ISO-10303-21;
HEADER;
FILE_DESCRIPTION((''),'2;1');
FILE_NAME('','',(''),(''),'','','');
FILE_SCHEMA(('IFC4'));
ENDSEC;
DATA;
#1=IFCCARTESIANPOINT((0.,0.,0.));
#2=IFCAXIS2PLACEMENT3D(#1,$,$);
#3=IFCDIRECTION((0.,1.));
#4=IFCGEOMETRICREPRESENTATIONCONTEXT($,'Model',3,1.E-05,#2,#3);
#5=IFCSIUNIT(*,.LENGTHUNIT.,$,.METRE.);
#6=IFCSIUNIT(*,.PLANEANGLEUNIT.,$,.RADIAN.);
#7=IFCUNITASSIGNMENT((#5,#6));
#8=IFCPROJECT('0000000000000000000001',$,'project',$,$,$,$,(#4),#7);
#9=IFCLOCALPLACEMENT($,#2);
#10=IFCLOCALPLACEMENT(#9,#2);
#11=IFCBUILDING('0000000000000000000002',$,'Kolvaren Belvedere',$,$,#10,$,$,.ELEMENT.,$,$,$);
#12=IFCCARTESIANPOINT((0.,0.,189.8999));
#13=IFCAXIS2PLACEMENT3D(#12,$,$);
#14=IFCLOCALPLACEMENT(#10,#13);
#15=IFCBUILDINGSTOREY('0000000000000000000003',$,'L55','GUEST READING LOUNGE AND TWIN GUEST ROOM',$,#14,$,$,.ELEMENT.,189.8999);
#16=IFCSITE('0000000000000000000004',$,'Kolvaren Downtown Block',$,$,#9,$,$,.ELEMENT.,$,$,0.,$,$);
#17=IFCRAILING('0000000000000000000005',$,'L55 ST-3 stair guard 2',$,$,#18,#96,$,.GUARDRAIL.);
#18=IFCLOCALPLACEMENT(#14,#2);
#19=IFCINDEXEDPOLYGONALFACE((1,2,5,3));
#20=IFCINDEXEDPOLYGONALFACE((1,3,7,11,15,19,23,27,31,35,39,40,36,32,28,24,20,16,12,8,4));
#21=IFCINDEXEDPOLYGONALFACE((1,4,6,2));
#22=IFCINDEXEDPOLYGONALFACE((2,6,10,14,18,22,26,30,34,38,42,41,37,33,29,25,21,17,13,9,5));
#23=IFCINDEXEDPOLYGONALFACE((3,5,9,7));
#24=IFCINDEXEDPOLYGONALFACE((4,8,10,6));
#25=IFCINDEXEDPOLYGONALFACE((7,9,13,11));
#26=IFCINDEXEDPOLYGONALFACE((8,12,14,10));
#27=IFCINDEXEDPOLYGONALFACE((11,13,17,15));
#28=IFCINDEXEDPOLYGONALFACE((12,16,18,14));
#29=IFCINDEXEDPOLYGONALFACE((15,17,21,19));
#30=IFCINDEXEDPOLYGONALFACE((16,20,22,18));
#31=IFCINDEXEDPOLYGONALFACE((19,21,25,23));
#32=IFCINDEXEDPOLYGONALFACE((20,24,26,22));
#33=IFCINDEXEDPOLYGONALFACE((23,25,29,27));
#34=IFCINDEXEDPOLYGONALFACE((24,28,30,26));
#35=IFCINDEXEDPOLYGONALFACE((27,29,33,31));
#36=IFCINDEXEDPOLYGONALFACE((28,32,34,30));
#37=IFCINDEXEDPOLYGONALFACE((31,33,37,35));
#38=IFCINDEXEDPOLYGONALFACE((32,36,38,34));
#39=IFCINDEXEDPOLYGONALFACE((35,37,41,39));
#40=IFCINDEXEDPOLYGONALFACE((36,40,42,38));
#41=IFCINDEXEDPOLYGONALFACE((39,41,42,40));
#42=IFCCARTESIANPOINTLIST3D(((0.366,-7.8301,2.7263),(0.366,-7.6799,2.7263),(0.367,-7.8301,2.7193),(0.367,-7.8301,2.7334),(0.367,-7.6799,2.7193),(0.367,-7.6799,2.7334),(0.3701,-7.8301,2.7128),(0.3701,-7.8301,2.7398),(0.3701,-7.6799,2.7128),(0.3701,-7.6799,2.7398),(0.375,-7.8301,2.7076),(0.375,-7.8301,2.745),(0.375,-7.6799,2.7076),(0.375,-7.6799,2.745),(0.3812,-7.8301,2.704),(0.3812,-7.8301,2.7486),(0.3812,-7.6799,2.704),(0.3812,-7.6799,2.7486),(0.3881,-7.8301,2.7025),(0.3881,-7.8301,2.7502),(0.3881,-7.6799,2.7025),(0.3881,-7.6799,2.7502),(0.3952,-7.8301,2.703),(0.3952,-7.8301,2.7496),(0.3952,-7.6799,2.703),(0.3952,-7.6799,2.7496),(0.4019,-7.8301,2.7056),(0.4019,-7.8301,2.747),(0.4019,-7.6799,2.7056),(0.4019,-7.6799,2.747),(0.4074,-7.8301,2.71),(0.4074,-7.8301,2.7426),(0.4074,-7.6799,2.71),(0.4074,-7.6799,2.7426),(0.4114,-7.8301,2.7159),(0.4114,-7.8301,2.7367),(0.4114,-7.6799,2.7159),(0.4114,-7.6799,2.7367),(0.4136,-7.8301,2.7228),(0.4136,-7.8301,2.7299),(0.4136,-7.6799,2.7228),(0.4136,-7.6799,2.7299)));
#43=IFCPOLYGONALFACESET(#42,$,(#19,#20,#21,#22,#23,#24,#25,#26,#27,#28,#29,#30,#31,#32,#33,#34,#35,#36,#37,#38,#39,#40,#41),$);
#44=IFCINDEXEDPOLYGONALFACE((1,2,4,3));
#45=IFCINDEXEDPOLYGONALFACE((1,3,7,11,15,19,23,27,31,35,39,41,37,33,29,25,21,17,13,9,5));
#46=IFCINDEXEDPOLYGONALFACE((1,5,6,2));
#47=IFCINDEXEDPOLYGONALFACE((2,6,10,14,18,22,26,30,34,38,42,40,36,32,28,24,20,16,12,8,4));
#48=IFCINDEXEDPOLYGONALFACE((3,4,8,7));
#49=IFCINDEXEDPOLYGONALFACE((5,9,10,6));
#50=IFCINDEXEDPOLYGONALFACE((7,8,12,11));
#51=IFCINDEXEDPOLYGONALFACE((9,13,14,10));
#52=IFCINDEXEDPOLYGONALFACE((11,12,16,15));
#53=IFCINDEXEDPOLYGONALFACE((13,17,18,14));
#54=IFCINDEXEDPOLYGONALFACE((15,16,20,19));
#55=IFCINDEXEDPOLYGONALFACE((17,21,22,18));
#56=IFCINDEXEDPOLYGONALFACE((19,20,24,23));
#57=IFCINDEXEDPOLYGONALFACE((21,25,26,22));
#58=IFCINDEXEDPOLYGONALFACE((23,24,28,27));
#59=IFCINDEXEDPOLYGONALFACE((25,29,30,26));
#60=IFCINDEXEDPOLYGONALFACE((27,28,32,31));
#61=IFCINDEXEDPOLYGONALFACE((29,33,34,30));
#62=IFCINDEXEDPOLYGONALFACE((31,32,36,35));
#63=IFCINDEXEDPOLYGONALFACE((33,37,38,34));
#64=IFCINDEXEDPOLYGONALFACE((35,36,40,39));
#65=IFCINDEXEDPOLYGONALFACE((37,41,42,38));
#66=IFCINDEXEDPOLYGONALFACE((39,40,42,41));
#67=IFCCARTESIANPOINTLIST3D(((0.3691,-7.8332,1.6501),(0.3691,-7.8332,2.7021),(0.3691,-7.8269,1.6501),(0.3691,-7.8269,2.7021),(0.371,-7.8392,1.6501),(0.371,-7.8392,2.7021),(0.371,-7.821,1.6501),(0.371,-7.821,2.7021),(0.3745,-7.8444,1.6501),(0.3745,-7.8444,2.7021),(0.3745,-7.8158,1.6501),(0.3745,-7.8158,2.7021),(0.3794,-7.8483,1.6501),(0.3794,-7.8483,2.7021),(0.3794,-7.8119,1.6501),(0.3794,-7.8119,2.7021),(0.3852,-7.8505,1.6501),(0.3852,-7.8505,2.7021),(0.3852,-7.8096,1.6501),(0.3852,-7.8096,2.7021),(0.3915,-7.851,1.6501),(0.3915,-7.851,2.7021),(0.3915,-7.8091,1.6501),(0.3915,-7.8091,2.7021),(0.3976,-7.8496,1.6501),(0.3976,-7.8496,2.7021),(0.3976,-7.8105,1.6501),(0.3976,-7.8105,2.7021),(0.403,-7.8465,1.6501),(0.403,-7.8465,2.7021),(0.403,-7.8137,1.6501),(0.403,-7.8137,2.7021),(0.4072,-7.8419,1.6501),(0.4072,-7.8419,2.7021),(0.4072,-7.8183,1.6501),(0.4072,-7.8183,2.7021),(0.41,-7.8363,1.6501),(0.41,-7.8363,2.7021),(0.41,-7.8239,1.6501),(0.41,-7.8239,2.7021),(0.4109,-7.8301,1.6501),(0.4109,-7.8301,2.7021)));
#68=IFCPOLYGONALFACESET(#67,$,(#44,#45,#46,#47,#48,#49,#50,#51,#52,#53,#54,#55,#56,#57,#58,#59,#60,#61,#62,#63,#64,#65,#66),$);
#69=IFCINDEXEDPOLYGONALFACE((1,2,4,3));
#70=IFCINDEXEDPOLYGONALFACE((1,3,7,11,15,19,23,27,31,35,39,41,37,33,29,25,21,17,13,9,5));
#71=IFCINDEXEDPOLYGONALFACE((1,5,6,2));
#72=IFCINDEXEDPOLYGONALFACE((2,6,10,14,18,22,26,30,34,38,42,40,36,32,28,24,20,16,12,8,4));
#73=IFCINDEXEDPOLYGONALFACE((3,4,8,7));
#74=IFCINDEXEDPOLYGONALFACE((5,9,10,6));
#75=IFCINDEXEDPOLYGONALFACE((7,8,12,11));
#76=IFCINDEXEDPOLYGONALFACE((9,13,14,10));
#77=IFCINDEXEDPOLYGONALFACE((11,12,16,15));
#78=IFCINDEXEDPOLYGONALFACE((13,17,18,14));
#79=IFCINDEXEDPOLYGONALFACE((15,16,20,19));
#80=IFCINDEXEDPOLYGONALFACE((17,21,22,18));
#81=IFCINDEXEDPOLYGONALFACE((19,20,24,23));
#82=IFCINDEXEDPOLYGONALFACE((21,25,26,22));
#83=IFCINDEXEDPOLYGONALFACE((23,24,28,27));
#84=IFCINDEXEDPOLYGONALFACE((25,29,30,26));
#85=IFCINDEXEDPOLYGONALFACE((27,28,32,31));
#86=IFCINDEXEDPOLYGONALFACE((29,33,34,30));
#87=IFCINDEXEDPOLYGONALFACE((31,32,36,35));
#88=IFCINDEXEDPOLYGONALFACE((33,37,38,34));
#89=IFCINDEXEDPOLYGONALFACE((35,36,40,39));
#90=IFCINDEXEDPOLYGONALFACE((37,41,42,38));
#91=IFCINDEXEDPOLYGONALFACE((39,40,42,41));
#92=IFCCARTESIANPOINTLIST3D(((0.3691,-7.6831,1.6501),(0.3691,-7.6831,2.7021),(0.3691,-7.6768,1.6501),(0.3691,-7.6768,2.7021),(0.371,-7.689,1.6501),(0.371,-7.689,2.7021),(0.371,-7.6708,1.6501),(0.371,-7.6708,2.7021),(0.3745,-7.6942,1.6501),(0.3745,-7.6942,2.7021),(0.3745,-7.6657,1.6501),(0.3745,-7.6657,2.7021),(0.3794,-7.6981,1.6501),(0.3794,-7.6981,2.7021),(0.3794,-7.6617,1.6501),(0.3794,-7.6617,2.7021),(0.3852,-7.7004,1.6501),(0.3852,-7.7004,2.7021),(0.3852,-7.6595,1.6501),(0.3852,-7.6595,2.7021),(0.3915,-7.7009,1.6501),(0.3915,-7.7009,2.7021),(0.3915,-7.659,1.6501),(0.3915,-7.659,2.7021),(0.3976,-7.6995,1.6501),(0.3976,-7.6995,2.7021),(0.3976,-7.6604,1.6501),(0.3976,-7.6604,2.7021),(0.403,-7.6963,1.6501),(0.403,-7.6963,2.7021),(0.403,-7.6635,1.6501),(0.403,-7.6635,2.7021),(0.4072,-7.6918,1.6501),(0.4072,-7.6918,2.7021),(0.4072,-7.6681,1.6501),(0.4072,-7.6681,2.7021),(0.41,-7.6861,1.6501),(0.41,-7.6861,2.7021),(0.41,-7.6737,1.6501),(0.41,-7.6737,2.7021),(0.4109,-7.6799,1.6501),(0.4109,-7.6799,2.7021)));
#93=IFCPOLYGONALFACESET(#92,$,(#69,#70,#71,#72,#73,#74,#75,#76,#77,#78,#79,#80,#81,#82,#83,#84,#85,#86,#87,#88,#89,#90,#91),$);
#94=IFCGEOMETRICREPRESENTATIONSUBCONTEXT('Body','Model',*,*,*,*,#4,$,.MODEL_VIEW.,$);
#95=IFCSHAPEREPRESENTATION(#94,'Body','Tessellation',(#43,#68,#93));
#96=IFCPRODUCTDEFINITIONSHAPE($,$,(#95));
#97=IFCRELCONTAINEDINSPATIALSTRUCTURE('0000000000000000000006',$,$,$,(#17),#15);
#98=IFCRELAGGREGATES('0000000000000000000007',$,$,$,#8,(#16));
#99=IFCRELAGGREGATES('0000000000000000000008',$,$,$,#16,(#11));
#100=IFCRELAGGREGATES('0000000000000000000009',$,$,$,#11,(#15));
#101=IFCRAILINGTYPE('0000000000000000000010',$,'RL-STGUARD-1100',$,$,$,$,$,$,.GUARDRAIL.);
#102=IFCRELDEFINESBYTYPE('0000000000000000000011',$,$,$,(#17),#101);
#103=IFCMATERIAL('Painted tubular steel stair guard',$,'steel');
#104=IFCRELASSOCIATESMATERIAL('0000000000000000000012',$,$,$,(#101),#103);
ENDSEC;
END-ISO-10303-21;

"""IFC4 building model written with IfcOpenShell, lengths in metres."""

from ifc_helpers import new_model, si_unit, direction, frame, origin, origin_2d, place, context, subcontext, project, spatial, circle, extrude, material, type_object, element, save


model = new_model("IFC4")

# Units and contexts
model_context = context("Model", 3, precision=1e-05, world=origin(), true_north=direction((0.0, 1.0)))
body_context = subcontext(model_context, "Body", "Model", "MODEL_VIEW")
ifc_project = project(units=[si_unit("LENGTHUNIT", "METRE"), si_unit("PLANEANGLEUNIT", "RADIAN")], contexts=[model_context])

# Site, building, storey
site_placement = place(None, origin())
site = spatial("IfcSite", under=ifc_project, at=site_placement, Name="Kolvaren Downtown Block", CompositionType="ELEMENT", RefElevation=0.0)
building_placement = place(site_placement, origin())
building = spatial("IfcBuilding", under=site, at=building_placement, Name="Kolvaren Belvedere", CompositionType="ELEMENT")
storey_placement = place(building_placement, frame((0.0, 0.0, 189.8999)))
storey = spatial("IfcBuildingStorey", under=building, at=storey_placement, Name="L55", Description="GUEST READING LOUNGE AND TWIN GUEST ROOM", CompositionType="ELEMENT", Elevation=189.8999)

# Railing
ifc_material_1 = material(Name="Painted tubular steel stair guard", Category="steel")
railing_type_1 = type_object("IfcRailingType", Name="RL-STGUARD-1100", PredefinedType="GUARDRAIL", material=ifc_material_1)
railing_1_placement = place(storey_placement, frame((0.3899, -7.8301, 1.6501)))
element("IfcRailing", 1, at=railing_1_placement, inside=storey, type_object=railing_type_1, Name="L55 ST-3 stair guard 2", PredefinedType="GUARDRAIL", context=body_context, shape_type="SweptSolid", body=[
    extrude(circle(Radius=0.0239, at=origin_2d()), frame((0.0, 0.0, 1.0762), z_axis=(0.0, 1.0, 0.0), x_axis=(-1.0, 0.0, 0.0)), (0.0, 0.0, 1.0), 0.1501),
    extrude(circle(Radius=0.021, at=origin_2d()), origin(), (0.0, 0.0, 1.0), 1.052),
    extrude(circle(Radius=0.021, at=origin_2d()), frame((0.0, 0.1501, 0.0)), (0.0, 0.0, 1.0), 1.052),
])

save(model, "model.ifc")
